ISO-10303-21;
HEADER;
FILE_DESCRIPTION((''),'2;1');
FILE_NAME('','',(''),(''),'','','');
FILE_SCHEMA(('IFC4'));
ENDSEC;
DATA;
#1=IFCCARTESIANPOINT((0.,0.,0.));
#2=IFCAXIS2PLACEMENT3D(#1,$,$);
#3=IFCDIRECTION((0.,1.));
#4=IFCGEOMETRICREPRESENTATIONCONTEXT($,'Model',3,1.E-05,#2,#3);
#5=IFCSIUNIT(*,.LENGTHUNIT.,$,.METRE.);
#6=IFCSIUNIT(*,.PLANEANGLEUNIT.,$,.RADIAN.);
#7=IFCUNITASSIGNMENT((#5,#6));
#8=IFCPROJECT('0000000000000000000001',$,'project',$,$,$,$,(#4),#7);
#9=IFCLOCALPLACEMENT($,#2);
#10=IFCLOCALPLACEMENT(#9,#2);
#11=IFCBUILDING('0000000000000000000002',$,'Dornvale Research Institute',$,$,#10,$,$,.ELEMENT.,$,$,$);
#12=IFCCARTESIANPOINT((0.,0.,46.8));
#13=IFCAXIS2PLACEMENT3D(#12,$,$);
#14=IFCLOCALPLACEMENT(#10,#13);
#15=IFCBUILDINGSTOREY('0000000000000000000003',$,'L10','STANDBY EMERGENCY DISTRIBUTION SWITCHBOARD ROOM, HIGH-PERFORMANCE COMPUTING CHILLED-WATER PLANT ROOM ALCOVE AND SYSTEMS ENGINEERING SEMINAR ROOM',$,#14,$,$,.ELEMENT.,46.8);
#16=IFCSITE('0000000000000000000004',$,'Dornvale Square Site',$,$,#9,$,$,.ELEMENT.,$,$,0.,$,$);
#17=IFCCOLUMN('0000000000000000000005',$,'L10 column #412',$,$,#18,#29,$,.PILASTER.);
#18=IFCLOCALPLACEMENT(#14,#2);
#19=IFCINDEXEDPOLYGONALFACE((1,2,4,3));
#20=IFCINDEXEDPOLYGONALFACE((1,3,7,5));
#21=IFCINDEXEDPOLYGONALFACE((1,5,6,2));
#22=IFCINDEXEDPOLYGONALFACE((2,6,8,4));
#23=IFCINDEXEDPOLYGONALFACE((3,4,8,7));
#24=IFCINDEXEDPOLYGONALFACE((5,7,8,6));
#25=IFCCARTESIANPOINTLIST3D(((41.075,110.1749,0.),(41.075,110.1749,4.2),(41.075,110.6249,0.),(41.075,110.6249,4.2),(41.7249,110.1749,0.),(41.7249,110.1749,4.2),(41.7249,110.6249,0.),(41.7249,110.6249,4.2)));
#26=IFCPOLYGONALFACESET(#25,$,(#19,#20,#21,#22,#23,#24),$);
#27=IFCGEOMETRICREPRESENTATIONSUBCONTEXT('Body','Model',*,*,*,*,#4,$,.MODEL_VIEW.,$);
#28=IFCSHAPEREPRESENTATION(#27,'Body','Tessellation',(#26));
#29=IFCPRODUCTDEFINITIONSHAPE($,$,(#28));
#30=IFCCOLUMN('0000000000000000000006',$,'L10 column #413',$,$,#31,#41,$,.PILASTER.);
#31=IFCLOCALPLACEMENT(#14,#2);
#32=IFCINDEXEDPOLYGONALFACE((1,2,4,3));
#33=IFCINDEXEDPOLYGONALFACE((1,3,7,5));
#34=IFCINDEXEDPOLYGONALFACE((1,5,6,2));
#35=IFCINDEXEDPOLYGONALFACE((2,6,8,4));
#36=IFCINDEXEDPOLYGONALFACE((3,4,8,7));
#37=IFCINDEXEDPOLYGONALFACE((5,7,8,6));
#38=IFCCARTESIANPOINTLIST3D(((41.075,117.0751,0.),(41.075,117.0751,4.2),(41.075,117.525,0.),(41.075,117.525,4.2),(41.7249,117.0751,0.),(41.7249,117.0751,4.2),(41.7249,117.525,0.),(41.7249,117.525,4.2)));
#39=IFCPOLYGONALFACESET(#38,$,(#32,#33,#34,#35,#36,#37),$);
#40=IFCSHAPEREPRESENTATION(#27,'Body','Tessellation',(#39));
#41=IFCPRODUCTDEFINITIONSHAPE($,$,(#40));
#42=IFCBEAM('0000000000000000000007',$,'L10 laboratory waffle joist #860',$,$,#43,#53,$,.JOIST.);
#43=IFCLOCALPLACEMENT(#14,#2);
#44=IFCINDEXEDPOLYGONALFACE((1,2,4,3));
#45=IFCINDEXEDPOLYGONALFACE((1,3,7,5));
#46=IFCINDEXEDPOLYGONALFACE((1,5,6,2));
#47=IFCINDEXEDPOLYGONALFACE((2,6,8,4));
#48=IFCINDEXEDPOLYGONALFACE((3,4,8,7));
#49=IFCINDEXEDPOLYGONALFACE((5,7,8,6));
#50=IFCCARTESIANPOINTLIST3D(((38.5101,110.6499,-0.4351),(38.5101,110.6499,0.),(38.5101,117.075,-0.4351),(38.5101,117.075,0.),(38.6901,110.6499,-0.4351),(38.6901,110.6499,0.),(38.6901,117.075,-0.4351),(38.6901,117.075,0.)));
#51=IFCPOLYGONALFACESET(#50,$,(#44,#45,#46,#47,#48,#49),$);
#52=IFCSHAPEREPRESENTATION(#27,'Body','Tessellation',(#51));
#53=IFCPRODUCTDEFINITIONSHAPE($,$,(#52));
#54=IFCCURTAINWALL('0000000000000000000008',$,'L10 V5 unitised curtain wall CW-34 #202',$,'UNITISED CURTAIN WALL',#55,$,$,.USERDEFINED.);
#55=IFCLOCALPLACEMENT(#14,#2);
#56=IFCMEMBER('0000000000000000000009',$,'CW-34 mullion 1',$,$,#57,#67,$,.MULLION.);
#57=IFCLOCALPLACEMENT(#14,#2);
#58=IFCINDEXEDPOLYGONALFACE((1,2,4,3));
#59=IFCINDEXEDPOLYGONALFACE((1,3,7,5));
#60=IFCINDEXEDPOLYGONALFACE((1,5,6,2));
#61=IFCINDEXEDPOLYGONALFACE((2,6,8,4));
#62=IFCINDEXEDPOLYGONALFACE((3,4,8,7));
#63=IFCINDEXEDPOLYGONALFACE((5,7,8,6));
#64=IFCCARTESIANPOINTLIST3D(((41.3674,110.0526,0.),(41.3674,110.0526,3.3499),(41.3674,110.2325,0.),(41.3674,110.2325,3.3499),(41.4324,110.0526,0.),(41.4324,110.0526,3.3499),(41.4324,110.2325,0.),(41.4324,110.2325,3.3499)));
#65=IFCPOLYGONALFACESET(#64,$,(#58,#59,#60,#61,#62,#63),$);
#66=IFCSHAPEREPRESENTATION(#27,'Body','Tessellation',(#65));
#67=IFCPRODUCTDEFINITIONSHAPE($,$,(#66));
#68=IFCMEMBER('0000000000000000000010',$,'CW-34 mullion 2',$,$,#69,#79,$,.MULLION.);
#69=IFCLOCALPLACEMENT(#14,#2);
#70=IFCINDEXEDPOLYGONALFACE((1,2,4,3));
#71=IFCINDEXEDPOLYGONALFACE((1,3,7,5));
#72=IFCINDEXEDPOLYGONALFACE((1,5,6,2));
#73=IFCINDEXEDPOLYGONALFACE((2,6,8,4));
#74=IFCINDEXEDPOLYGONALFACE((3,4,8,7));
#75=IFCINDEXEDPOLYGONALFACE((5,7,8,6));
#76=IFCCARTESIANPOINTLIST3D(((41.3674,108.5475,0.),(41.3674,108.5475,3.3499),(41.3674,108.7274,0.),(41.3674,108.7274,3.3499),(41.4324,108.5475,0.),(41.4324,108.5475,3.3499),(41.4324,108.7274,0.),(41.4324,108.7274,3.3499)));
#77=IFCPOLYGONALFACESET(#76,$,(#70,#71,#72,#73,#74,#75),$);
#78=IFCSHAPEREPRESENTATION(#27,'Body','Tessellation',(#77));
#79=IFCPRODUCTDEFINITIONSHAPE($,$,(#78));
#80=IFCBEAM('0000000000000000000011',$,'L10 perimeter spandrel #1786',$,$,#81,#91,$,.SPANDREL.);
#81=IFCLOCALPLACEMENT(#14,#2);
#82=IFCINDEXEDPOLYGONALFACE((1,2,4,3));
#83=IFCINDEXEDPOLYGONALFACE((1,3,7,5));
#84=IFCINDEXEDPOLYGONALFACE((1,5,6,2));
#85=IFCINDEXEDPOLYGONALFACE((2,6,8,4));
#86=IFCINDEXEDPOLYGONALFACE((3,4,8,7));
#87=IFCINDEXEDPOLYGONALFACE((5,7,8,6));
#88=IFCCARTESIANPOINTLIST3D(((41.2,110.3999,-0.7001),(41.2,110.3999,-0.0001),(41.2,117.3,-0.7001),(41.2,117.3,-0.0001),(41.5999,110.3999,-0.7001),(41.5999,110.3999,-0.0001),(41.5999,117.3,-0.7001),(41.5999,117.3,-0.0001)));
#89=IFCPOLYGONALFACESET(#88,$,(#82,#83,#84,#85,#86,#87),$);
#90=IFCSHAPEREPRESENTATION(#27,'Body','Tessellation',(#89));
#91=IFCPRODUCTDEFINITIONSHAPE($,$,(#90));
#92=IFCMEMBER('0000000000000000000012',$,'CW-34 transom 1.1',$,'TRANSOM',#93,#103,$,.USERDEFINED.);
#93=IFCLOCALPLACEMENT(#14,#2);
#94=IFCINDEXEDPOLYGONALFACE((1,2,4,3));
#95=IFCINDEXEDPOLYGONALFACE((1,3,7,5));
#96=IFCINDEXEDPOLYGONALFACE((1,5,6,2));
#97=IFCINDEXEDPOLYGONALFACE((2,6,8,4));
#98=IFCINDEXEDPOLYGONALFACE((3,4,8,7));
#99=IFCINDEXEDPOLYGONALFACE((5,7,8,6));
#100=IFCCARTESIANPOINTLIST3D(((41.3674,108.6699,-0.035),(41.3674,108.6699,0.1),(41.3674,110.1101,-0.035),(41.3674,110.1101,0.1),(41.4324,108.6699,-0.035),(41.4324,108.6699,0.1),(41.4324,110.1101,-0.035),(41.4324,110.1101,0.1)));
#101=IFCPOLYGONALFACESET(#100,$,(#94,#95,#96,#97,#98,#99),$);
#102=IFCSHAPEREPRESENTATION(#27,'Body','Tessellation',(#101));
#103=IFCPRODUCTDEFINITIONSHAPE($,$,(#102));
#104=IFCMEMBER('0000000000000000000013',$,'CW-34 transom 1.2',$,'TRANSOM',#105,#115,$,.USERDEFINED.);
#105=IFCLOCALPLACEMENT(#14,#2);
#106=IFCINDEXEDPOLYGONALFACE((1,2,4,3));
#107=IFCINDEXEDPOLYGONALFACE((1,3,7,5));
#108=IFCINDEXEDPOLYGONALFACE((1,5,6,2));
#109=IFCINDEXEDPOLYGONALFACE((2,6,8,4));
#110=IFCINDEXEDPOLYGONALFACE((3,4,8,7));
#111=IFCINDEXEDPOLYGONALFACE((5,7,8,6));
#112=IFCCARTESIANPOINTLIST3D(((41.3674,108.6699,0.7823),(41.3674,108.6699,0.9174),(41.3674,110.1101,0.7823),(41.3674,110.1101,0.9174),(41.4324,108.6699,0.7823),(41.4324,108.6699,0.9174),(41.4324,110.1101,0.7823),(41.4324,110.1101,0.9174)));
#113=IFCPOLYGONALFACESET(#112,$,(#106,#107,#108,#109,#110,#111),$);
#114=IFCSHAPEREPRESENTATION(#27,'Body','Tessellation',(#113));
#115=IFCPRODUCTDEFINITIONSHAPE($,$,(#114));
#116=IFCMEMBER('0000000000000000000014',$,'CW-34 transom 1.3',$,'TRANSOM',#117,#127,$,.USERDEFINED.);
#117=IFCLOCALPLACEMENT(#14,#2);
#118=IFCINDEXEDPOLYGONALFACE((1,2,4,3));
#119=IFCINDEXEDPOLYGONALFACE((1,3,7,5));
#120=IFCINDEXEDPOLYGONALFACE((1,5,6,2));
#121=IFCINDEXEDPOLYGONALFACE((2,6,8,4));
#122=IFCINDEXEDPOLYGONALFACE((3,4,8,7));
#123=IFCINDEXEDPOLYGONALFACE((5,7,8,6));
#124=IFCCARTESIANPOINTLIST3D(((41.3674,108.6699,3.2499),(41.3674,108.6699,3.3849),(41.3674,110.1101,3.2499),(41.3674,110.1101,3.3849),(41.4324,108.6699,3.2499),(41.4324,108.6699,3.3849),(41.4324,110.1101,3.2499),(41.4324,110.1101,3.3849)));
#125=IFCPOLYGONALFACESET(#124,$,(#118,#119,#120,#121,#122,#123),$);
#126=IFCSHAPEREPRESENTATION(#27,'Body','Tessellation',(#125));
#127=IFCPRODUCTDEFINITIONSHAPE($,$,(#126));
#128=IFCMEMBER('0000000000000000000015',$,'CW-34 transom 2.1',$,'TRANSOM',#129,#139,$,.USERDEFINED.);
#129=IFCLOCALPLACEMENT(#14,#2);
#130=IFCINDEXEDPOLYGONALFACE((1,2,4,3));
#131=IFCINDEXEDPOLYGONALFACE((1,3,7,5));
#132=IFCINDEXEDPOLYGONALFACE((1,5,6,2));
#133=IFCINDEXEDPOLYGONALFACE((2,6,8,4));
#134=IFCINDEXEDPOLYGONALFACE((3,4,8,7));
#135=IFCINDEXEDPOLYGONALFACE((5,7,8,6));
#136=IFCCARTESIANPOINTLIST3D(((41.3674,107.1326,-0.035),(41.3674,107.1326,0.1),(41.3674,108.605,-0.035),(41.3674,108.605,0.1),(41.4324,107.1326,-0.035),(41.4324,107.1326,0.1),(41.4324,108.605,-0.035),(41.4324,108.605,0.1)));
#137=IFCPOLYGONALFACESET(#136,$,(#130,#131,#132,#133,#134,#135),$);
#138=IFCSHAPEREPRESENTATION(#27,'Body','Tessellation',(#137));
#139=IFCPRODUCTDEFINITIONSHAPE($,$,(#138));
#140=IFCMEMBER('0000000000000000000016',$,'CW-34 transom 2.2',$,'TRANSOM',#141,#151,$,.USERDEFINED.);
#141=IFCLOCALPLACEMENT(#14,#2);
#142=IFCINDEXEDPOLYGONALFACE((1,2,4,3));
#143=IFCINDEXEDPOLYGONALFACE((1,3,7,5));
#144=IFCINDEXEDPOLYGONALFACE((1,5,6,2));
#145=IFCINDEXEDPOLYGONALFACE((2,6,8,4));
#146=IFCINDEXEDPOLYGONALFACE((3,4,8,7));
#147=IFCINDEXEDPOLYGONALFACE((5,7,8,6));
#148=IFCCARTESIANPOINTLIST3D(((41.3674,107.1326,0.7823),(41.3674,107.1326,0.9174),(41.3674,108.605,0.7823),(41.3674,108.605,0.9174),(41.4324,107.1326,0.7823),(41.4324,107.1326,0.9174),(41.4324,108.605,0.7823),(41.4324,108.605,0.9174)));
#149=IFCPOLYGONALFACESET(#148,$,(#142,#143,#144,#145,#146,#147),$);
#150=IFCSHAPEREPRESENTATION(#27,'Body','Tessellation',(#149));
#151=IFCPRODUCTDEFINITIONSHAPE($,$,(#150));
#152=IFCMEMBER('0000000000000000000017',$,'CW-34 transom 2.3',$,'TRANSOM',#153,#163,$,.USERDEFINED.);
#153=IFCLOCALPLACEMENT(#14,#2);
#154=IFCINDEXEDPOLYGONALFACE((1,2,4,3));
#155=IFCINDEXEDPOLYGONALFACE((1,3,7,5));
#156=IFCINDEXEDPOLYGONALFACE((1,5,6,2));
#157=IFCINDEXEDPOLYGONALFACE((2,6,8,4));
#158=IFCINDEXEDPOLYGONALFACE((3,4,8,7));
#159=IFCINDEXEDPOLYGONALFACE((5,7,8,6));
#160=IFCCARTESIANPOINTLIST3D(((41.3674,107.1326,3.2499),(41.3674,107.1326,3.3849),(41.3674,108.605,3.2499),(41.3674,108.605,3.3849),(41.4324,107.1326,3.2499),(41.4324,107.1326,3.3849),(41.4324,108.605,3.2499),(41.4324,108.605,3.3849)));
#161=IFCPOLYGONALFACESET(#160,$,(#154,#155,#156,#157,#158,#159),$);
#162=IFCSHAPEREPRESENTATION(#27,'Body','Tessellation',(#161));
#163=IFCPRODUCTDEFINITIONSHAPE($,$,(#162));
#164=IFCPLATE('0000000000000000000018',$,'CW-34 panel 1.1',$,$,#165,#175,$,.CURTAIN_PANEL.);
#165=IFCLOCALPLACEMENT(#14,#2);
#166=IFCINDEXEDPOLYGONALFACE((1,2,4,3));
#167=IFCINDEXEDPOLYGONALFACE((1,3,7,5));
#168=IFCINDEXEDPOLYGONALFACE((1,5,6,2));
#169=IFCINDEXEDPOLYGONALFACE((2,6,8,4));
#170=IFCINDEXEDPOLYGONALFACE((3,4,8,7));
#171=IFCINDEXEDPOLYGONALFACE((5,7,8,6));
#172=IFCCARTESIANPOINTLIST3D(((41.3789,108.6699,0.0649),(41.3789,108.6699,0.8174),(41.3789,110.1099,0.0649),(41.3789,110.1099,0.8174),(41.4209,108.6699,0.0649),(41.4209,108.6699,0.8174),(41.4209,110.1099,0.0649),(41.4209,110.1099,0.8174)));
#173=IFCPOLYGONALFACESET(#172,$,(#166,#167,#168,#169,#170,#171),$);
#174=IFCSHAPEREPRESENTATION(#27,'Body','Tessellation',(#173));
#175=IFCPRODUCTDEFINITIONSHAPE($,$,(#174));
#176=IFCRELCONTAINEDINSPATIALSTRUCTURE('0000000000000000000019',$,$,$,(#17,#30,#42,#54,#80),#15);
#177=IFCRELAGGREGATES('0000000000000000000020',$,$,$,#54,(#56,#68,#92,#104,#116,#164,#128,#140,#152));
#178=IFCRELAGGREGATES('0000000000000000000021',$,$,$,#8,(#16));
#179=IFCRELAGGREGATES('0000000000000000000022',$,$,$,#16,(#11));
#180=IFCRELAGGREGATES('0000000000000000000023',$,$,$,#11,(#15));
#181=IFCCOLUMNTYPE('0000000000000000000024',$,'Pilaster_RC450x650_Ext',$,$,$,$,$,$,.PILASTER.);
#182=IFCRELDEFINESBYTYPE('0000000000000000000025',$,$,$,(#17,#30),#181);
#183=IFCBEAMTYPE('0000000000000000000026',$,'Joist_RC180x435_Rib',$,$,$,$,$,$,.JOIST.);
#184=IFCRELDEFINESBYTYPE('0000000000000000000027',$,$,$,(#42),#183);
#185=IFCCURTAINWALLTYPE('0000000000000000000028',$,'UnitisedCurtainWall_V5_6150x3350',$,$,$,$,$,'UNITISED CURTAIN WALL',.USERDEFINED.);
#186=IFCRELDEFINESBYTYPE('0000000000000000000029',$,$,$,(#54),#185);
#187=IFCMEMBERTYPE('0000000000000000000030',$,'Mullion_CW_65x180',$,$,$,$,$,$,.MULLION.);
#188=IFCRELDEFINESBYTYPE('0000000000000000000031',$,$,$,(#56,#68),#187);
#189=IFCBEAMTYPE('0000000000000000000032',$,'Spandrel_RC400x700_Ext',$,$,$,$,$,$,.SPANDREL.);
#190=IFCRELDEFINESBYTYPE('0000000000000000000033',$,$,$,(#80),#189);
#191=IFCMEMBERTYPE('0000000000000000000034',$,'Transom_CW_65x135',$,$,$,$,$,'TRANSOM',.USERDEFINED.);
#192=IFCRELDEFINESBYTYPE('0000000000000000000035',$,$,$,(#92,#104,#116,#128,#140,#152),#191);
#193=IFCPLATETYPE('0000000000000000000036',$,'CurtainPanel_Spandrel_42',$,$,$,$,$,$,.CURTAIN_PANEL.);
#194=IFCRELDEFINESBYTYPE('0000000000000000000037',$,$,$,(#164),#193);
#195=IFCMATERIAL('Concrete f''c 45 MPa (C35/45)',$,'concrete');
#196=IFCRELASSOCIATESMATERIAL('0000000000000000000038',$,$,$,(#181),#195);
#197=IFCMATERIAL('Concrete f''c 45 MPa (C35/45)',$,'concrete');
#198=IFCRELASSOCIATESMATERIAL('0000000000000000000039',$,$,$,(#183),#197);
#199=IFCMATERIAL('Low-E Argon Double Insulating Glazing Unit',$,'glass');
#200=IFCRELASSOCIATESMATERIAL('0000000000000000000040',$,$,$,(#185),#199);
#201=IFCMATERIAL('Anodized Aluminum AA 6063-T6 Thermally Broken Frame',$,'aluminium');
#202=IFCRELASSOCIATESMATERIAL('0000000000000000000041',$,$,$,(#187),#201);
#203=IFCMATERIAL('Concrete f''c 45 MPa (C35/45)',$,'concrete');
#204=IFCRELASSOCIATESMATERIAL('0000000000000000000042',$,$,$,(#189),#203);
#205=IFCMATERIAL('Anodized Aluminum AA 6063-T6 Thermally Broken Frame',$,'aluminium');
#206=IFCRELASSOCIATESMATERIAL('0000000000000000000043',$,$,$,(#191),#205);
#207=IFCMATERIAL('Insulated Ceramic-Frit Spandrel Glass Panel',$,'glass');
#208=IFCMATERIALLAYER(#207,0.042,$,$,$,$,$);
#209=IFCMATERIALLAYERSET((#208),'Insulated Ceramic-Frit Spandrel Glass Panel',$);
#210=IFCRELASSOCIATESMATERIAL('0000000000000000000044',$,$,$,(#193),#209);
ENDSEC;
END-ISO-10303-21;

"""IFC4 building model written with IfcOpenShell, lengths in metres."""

from ifc_helpers import new_model, si_unit, direction, frame, origin, origin_2d, place, context, subcontext, project, spatial, rectangle, extrude, material, layer, layer_set, material_profile, profile_set, type_object, element, aggregate, save


model = new_model("IFC4")

# Units and contexts
model_context = context("Model", 3, precision=1e-05, world=origin(), true_north=direction((0.0, 1.0)))
body_context = subcontext(model_context, "Body", "Model", "MODEL_VIEW")
ifc_project = project(units=[si_unit("LENGTHUNIT", "METRE"), si_unit("PLANEANGLEUNIT", "RADIAN")], contexts=[model_context])

# Site, building, storey
site_placement = place(None, origin())
site = spatial("IfcSite", under=ifc_project, at=site_placement, Name="Dornvale Square Site", CompositionType="ELEMENT", RefElevation=0.0)
building_placement = place(site_placement, origin())
building = spatial("IfcBuilding", under=site, at=building_placement, Name="Dornvale Research Institute", CompositionType="ELEMENT")
storey_placement = place(building_placement, frame((0.0, 0.0, 46.8)))
storey = spatial("IfcBuildingStorey", under=building, at=storey_placement, Name="L10", Description="STANDBY EMERGENCY DISTRIBUTION SWITCHBOARD ROOM, HIGH-PERFORMANCE COMPUTING CHILLED-WATER PLANT ROOM ALCOVE AND SYSTEMS ENGINEERING SEMINAR ROOM", CompositionType="ELEMENT", Elevation=46.8)

# Columns
ifc_material_1 = material(Name="Concrete f'c 45 MPa (C35/45)", Category="concrete")
ifc_material_profile_1 = material_profile(ifc_material_1, rectangle(XDim=0.45, YDim=0.6499, at=origin_2d()), Name="RC 450x650")
ifc_profile_set_1 = profile_set([ifc_material_profile_1], Name="Concrete f'c 45 MPa (C35/45)")
column_type = type_object("IfcColumnType", Name="Pilaster_RC450x650_Ext", PredefinedType="PILASTER", material=ifc_profile_set_1)
for number, where, z_axis, x_axis, name in (
    (1, (41.3999, 110.3999, 0.0), (0.0, 0.0, 1.0), (0.0, 1.0, 0.0), "L10 column #412"),
    (2, (41.3999, 117.3, 0.0), (0.0, 0.0, 1.0), (0.0, 1.0, 0.0), "L10 column #413"),
):
    element("IfcColumn", number, at=place(storey_placement, frame(where, z_axis=z_axis, x_axis=x_axis)), inside=storey, type_object=column_type, Name=name, PredefinedType="PILASTER", context=body_context, shape_type="SweptSolid", body=[
        extrude(rectangle(XDim=0.45, YDim=0.6499, at=origin_2d()), origin(), (0.0, 0.0, 1.0), 4.2),
    ])

# Beam
ifc_material_2 = material(Name="Concrete f'c 45 MPa (C35/45)", Category="concrete")
ifc_material_profile_2 = material_profile(ifc_material_2, rectangle(XDim=0.1799, YDim=0.4351, at=origin_2d()), Name="RC 180x435")
ifc_profile_set_2 = profile_set([ifc_material_profile_2], Name="Concrete f'c 45 MPa (C35/45)")
beam_type_1 = type_object("IfcBeamType", Name="Joist_RC180x435_Rib", PredefinedType="JOIST", material=ifc_profile_set_2)
beam_1_placement = place(storey_placement, frame((38.6001, 110.6499, -0.2175), z_axis=(0.0, 1.0, 0.0), x_axis=(-1.0, 0.0, 0.0)))
element("IfcBeam", 3, at=beam_1_placement, inside=storey, type_object=beam_type_1, Name="L10 laboratory waffle joist #860", PredefinedType="JOIST", context=body_context, shape_type="SweptSolid", body=[
    extrude(rectangle(XDim=0.1799, YDim=0.4351, at=origin_2d()), origin(), (0.0, 0.0, 1.0), 6.425),
])

# Curtain wall, members
ifc_material_3 = material(Name="Low-E Argon Double Insulating Glazing Unit", Category="glass")
curtain_wall_type = type_object("IfcCurtainWallType", Name="UnitisedCurtainWall_V5_6150x3350", ElementType="UNITISED CURTAIN WALL", PredefinedType="USERDEFINED", material=ifc_material_3)
curtain_wall_placement = place(storey_placement, origin())
curtain_wall = element("IfcCurtainWall", 4, at=curtain_wall_placement, inside=storey, type_object=curtain_wall_type, Name="L10 V5 unitised curtain wall CW-34 #202", ObjectType="UNITISED CURTAIN WALL", PredefinedType="USERDEFINED")
ifc_material_4 = material(Name="Anodized Aluminum AA 6063-T6 Thermally Broken Frame", Category="aluminium")
ifc_material_profile_3 = material_profile(ifc_material_4, rectangle(XDim=0.0649, YDim=0.1799, at=origin_2d()), Name="ALU MULLION 65x180")
ifc_profile_set_3 = profile_set([ifc_material_profile_3], Name="Anodized Aluminum AA 6063-T6 Thermally Broken Frame")
member_type_1 = type_object("IfcMemberType", Name="Mullion_CW_65x180", PredefinedType="MULLION", material=ifc_profile_set_3)
member_1_placement = place(storey_placement, frame((41.3999, 110.1426, 0.0), z_axis=(0.0, 0.0, 1.0), x_axis=(1.0, 0.0, 0.0)))
member_1 = element("IfcMember", 5, at=member_1_placement, type_object=member_type_1, Name="CW-34 mullion 1", PredefinedType="MULLION", context=body_context, shape_type="SweptSolid", body=[
    extrude(rectangle(XDim=0.0649, YDim=0.1799, at=origin_2d()), origin(), (0.0, 0.0, 1.0), 3.3499),
])
member_2_placement = place(storey_placement, frame((41.3999, 108.6375, 0.0), z_axis=(0.0, 0.0, 1.0), x_axis=(1.0, 0.0, 0.0)))
member_2 = element("IfcMember", 6, at=member_2_placement, type_object=member_type_1, Name="CW-34 mullion 2", PredefinedType="MULLION", context=body_context, shape_type="SweptSolid", body=[
    extrude(rectangle(XDim=0.0649, YDim=0.1799, at=origin_2d()), origin(), (0.0, 0.0, 1.0), 3.3499),
])

# Beam
ifc_material_5 = material(Name="Concrete f'c 45 MPa (C35/45)", Category="concrete")
ifc_material_profile_4 = material_profile(ifc_material_5, rectangle(XDim=0.3999, YDim=0.7, at=origin_2d()), Name="RC 400x700")
ifc_profile_set_4 = profile_set([ifc_material_profile_4], Name="Concrete f'c 45 MPa (C35/45)")
beam_type_2 = type_object("IfcBeamType", Name="Spandrel_RC400x700_Ext", PredefinedType="SPANDREL", material=ifc_profile_set_4)
beam_2_placement = place(storey_placement, frame((41.3999, 110.3999, -0.3501), z_axis=(0.0, 1.0, 0.0), x_axis=(-1.0, 0.0, 0.0)))
element("IfcBeam", 7, at=beam_2_placement, inside=storey, type_object=beam_type_2, Name="L10 perimeter spandrel #1786", PredefinedType="SPANDREL", context=body_context, shape_type="SweptSolid", body=[
    extrude(rectangle(XDim=0.3999, YDim=0.7, at=origin_2d()), origin(), (0.0, 0.0, 1.0), 6.9001),
])

# Members
ifc_material_6 = material(Name="Anodized Aluminum AA 6063-T6 Thermally Broken Frame", Category="aluminium")
ifc_material_profile_5 = material_profile(ifc_material_6, rectangle(XDim=0.0649, YDim=0.135, at=origin_2d()), Name="ALU TRANSOM 65x135")
ifc_profile_set_5 = profile_set([ifc_material_profile_5], Name="Anodized Aluminum AA 6063-T6 Thermally Broken Frame")
member_type_2 = type_object("IfcMemberType", Name="Transom_CW_65x135", ElementType="TRANSOM", PredefinedType="USERDEFINED", material=ifc_profile_set_5)
member_3_placement = place(storey_placement, frame((41.3999, 110.1101, 0.0325), z_axis=(0.0, -1.0, 0.0), x_axis=(1.0, 0.0, 0.0)))
member_3 = element("IfcMember", 8, at=member_3_placement, type_object=member_type_2, Name="CW-34 transom 1.1", ObjectType="TRANSOM", PredefinedType="USERDEFINED", context=body_context, shape_type="SweptSolid", body=[
    extrude(rectangle(XDim=0.0649, YDim=0.135, at=origin_2d()), origin(), (0.0, 0.0, 1.0), 1.4402),
])
member_4_placement = place(storey_placement, frame((41.3999, 110.1101, 0.8499), z_axis=(0.0, -1.0, 0.0), x_axis=(1.0, 0.0, 0.0)))
member_4 = element("IfcMember", 9, at=member_4_placement, type_object=member_type_2, Name="CW-34 transom 1.2", ObjectType="TRANSOM", PredefinedType="USERDEFINED", context=body_context, shape_type="SweptSolid", body=[
    extrude(rectangle(XDim=0.0649, YDim=0.135, at=origin_2d()), origin(), (0.0, 0.0, 1.0), 1.4402),
])
member_5_placement = place(storey_placement, frame((41.3999, 110.1101, 3.3174), z_axis=(0.0, -1.0, 0.0), x_axis=(1.0, 0.0, 0.0)))
member_5 = element("IfcMember", 10, at=member_5_placement, type_object=member_type_2, Name="CW-34 transom 1.3", ObjectType="TRANSOM", PredefinedType="USERDEFINED", context=body_context, shape_type="SweptSolid", body=[
    extrude(rectangle(XDim=0.0649, YDim=0.135, at=origin_2d()), origin(), (0.0, 0.0, 1.0), 1.4402),
])
member_6_placement = place(storey_placement, frame((41.3999, 108.605, 0.0325), z_axis=(0.0, -1.0, 0.0), x_axis=(1.0, 0.0, 0.0)))
member_6 = element("IfcMember", 11, at=member_6_placement, type_object=member_type_2, Name="CW-34 transom 2.1", ObjectType="TRANSOM", PredefinedType="USERDEFINED", context=body_context, shape_type="SweptSolid", body=[
    extrude(rectangle(XDim=0.0649, YDim=0.135, at=origin_2d()), origin(), (0.0, 0.0, 1.0), 1.4724),
])
member_7_placement = place(storey_placement, frame((41.3999, 108.605, 0.8499), z_axis=(0.0, -1.0, 0.0), x_axis=(1.0, 0.0, 0.0)))
member_7 = element("IfcMember", 12, at=member_7_placement, type_object=member_type_2, Name="CW-34 transom 2.2", ObjectType="TRANSOM", PredefinedType="USERDEFINED", context=body_context, shape_type="SweptSolid", body=[
    extrude(rectangle(XDim=0.0649, YDim=0.135, at=origin_2d()), origin(), (0.0, 0.0, 1.0), 1.4724),
])
member_8_placement = place(storey_placement, frame((41.3999, 108.605, 3.3174), z_axis=(0.0, -1.0, 0.0), x_axis=(1.0, 0.0, 0.0)))
member_8 = element("IfcMember", 13, at=member_8_placement, type_object=member_type_2, Name="CW-34 transom 2.3", ObjectType="TRANSOM", PredefinedType="USERDEFINED", context=body_context, shape_type="SweptSolid", body=[
    extrude(rectangle(XDim=0.0649, YDim=0.135, at=origin_2d()), origin(), (0.0, 0.0, 1.0), 1.4724),
])

# Plate
ifc_material_7 = material(Name="Insulated Ceramic-Frit Spandrel Glass Panel", Category="glass")
ifc_layer_1 = layer(ifc_material_7, 0.042)
ifc_layer_set_1 = layer_set([ifc_layer_1], Name="Insulated Ceramic-Frit Spandrel Glass Panel")
plate_type_1 = type_object("IfcPlateType", Name="CurtainPanel_Spandrel_42", PredefinedType="CURTAIN_PANEL", material=ifc_layer_set_1)
plate_1_placement = place(storey_placement, frame((41.3999, 109.3899, 0.0649), z_axis=(0.0, 0.0, 1.0), x_axis=(0.0, -1.0, 0.0)))
plate_1 = element("IfcPlate", 14, at=plate_1_placement, type_object=plate_type_1, Name="CW-34 panel 1.1", PredefinedType="CURTAIN_PANEL", context=body_context, shape_type="SweptSolid", body=[
    extrude(rectangle(XDim=1.4399, YDim=0.042, at=origin_2d()), origin(), (0.0, 0.0, 1.0), 0.7524),
])
aggregate(curtain_wall, [member_1, member_2, member_3, member_4, member_5, plate_1, member_6, member_7, member_8])

save(model, "model.ifc")
